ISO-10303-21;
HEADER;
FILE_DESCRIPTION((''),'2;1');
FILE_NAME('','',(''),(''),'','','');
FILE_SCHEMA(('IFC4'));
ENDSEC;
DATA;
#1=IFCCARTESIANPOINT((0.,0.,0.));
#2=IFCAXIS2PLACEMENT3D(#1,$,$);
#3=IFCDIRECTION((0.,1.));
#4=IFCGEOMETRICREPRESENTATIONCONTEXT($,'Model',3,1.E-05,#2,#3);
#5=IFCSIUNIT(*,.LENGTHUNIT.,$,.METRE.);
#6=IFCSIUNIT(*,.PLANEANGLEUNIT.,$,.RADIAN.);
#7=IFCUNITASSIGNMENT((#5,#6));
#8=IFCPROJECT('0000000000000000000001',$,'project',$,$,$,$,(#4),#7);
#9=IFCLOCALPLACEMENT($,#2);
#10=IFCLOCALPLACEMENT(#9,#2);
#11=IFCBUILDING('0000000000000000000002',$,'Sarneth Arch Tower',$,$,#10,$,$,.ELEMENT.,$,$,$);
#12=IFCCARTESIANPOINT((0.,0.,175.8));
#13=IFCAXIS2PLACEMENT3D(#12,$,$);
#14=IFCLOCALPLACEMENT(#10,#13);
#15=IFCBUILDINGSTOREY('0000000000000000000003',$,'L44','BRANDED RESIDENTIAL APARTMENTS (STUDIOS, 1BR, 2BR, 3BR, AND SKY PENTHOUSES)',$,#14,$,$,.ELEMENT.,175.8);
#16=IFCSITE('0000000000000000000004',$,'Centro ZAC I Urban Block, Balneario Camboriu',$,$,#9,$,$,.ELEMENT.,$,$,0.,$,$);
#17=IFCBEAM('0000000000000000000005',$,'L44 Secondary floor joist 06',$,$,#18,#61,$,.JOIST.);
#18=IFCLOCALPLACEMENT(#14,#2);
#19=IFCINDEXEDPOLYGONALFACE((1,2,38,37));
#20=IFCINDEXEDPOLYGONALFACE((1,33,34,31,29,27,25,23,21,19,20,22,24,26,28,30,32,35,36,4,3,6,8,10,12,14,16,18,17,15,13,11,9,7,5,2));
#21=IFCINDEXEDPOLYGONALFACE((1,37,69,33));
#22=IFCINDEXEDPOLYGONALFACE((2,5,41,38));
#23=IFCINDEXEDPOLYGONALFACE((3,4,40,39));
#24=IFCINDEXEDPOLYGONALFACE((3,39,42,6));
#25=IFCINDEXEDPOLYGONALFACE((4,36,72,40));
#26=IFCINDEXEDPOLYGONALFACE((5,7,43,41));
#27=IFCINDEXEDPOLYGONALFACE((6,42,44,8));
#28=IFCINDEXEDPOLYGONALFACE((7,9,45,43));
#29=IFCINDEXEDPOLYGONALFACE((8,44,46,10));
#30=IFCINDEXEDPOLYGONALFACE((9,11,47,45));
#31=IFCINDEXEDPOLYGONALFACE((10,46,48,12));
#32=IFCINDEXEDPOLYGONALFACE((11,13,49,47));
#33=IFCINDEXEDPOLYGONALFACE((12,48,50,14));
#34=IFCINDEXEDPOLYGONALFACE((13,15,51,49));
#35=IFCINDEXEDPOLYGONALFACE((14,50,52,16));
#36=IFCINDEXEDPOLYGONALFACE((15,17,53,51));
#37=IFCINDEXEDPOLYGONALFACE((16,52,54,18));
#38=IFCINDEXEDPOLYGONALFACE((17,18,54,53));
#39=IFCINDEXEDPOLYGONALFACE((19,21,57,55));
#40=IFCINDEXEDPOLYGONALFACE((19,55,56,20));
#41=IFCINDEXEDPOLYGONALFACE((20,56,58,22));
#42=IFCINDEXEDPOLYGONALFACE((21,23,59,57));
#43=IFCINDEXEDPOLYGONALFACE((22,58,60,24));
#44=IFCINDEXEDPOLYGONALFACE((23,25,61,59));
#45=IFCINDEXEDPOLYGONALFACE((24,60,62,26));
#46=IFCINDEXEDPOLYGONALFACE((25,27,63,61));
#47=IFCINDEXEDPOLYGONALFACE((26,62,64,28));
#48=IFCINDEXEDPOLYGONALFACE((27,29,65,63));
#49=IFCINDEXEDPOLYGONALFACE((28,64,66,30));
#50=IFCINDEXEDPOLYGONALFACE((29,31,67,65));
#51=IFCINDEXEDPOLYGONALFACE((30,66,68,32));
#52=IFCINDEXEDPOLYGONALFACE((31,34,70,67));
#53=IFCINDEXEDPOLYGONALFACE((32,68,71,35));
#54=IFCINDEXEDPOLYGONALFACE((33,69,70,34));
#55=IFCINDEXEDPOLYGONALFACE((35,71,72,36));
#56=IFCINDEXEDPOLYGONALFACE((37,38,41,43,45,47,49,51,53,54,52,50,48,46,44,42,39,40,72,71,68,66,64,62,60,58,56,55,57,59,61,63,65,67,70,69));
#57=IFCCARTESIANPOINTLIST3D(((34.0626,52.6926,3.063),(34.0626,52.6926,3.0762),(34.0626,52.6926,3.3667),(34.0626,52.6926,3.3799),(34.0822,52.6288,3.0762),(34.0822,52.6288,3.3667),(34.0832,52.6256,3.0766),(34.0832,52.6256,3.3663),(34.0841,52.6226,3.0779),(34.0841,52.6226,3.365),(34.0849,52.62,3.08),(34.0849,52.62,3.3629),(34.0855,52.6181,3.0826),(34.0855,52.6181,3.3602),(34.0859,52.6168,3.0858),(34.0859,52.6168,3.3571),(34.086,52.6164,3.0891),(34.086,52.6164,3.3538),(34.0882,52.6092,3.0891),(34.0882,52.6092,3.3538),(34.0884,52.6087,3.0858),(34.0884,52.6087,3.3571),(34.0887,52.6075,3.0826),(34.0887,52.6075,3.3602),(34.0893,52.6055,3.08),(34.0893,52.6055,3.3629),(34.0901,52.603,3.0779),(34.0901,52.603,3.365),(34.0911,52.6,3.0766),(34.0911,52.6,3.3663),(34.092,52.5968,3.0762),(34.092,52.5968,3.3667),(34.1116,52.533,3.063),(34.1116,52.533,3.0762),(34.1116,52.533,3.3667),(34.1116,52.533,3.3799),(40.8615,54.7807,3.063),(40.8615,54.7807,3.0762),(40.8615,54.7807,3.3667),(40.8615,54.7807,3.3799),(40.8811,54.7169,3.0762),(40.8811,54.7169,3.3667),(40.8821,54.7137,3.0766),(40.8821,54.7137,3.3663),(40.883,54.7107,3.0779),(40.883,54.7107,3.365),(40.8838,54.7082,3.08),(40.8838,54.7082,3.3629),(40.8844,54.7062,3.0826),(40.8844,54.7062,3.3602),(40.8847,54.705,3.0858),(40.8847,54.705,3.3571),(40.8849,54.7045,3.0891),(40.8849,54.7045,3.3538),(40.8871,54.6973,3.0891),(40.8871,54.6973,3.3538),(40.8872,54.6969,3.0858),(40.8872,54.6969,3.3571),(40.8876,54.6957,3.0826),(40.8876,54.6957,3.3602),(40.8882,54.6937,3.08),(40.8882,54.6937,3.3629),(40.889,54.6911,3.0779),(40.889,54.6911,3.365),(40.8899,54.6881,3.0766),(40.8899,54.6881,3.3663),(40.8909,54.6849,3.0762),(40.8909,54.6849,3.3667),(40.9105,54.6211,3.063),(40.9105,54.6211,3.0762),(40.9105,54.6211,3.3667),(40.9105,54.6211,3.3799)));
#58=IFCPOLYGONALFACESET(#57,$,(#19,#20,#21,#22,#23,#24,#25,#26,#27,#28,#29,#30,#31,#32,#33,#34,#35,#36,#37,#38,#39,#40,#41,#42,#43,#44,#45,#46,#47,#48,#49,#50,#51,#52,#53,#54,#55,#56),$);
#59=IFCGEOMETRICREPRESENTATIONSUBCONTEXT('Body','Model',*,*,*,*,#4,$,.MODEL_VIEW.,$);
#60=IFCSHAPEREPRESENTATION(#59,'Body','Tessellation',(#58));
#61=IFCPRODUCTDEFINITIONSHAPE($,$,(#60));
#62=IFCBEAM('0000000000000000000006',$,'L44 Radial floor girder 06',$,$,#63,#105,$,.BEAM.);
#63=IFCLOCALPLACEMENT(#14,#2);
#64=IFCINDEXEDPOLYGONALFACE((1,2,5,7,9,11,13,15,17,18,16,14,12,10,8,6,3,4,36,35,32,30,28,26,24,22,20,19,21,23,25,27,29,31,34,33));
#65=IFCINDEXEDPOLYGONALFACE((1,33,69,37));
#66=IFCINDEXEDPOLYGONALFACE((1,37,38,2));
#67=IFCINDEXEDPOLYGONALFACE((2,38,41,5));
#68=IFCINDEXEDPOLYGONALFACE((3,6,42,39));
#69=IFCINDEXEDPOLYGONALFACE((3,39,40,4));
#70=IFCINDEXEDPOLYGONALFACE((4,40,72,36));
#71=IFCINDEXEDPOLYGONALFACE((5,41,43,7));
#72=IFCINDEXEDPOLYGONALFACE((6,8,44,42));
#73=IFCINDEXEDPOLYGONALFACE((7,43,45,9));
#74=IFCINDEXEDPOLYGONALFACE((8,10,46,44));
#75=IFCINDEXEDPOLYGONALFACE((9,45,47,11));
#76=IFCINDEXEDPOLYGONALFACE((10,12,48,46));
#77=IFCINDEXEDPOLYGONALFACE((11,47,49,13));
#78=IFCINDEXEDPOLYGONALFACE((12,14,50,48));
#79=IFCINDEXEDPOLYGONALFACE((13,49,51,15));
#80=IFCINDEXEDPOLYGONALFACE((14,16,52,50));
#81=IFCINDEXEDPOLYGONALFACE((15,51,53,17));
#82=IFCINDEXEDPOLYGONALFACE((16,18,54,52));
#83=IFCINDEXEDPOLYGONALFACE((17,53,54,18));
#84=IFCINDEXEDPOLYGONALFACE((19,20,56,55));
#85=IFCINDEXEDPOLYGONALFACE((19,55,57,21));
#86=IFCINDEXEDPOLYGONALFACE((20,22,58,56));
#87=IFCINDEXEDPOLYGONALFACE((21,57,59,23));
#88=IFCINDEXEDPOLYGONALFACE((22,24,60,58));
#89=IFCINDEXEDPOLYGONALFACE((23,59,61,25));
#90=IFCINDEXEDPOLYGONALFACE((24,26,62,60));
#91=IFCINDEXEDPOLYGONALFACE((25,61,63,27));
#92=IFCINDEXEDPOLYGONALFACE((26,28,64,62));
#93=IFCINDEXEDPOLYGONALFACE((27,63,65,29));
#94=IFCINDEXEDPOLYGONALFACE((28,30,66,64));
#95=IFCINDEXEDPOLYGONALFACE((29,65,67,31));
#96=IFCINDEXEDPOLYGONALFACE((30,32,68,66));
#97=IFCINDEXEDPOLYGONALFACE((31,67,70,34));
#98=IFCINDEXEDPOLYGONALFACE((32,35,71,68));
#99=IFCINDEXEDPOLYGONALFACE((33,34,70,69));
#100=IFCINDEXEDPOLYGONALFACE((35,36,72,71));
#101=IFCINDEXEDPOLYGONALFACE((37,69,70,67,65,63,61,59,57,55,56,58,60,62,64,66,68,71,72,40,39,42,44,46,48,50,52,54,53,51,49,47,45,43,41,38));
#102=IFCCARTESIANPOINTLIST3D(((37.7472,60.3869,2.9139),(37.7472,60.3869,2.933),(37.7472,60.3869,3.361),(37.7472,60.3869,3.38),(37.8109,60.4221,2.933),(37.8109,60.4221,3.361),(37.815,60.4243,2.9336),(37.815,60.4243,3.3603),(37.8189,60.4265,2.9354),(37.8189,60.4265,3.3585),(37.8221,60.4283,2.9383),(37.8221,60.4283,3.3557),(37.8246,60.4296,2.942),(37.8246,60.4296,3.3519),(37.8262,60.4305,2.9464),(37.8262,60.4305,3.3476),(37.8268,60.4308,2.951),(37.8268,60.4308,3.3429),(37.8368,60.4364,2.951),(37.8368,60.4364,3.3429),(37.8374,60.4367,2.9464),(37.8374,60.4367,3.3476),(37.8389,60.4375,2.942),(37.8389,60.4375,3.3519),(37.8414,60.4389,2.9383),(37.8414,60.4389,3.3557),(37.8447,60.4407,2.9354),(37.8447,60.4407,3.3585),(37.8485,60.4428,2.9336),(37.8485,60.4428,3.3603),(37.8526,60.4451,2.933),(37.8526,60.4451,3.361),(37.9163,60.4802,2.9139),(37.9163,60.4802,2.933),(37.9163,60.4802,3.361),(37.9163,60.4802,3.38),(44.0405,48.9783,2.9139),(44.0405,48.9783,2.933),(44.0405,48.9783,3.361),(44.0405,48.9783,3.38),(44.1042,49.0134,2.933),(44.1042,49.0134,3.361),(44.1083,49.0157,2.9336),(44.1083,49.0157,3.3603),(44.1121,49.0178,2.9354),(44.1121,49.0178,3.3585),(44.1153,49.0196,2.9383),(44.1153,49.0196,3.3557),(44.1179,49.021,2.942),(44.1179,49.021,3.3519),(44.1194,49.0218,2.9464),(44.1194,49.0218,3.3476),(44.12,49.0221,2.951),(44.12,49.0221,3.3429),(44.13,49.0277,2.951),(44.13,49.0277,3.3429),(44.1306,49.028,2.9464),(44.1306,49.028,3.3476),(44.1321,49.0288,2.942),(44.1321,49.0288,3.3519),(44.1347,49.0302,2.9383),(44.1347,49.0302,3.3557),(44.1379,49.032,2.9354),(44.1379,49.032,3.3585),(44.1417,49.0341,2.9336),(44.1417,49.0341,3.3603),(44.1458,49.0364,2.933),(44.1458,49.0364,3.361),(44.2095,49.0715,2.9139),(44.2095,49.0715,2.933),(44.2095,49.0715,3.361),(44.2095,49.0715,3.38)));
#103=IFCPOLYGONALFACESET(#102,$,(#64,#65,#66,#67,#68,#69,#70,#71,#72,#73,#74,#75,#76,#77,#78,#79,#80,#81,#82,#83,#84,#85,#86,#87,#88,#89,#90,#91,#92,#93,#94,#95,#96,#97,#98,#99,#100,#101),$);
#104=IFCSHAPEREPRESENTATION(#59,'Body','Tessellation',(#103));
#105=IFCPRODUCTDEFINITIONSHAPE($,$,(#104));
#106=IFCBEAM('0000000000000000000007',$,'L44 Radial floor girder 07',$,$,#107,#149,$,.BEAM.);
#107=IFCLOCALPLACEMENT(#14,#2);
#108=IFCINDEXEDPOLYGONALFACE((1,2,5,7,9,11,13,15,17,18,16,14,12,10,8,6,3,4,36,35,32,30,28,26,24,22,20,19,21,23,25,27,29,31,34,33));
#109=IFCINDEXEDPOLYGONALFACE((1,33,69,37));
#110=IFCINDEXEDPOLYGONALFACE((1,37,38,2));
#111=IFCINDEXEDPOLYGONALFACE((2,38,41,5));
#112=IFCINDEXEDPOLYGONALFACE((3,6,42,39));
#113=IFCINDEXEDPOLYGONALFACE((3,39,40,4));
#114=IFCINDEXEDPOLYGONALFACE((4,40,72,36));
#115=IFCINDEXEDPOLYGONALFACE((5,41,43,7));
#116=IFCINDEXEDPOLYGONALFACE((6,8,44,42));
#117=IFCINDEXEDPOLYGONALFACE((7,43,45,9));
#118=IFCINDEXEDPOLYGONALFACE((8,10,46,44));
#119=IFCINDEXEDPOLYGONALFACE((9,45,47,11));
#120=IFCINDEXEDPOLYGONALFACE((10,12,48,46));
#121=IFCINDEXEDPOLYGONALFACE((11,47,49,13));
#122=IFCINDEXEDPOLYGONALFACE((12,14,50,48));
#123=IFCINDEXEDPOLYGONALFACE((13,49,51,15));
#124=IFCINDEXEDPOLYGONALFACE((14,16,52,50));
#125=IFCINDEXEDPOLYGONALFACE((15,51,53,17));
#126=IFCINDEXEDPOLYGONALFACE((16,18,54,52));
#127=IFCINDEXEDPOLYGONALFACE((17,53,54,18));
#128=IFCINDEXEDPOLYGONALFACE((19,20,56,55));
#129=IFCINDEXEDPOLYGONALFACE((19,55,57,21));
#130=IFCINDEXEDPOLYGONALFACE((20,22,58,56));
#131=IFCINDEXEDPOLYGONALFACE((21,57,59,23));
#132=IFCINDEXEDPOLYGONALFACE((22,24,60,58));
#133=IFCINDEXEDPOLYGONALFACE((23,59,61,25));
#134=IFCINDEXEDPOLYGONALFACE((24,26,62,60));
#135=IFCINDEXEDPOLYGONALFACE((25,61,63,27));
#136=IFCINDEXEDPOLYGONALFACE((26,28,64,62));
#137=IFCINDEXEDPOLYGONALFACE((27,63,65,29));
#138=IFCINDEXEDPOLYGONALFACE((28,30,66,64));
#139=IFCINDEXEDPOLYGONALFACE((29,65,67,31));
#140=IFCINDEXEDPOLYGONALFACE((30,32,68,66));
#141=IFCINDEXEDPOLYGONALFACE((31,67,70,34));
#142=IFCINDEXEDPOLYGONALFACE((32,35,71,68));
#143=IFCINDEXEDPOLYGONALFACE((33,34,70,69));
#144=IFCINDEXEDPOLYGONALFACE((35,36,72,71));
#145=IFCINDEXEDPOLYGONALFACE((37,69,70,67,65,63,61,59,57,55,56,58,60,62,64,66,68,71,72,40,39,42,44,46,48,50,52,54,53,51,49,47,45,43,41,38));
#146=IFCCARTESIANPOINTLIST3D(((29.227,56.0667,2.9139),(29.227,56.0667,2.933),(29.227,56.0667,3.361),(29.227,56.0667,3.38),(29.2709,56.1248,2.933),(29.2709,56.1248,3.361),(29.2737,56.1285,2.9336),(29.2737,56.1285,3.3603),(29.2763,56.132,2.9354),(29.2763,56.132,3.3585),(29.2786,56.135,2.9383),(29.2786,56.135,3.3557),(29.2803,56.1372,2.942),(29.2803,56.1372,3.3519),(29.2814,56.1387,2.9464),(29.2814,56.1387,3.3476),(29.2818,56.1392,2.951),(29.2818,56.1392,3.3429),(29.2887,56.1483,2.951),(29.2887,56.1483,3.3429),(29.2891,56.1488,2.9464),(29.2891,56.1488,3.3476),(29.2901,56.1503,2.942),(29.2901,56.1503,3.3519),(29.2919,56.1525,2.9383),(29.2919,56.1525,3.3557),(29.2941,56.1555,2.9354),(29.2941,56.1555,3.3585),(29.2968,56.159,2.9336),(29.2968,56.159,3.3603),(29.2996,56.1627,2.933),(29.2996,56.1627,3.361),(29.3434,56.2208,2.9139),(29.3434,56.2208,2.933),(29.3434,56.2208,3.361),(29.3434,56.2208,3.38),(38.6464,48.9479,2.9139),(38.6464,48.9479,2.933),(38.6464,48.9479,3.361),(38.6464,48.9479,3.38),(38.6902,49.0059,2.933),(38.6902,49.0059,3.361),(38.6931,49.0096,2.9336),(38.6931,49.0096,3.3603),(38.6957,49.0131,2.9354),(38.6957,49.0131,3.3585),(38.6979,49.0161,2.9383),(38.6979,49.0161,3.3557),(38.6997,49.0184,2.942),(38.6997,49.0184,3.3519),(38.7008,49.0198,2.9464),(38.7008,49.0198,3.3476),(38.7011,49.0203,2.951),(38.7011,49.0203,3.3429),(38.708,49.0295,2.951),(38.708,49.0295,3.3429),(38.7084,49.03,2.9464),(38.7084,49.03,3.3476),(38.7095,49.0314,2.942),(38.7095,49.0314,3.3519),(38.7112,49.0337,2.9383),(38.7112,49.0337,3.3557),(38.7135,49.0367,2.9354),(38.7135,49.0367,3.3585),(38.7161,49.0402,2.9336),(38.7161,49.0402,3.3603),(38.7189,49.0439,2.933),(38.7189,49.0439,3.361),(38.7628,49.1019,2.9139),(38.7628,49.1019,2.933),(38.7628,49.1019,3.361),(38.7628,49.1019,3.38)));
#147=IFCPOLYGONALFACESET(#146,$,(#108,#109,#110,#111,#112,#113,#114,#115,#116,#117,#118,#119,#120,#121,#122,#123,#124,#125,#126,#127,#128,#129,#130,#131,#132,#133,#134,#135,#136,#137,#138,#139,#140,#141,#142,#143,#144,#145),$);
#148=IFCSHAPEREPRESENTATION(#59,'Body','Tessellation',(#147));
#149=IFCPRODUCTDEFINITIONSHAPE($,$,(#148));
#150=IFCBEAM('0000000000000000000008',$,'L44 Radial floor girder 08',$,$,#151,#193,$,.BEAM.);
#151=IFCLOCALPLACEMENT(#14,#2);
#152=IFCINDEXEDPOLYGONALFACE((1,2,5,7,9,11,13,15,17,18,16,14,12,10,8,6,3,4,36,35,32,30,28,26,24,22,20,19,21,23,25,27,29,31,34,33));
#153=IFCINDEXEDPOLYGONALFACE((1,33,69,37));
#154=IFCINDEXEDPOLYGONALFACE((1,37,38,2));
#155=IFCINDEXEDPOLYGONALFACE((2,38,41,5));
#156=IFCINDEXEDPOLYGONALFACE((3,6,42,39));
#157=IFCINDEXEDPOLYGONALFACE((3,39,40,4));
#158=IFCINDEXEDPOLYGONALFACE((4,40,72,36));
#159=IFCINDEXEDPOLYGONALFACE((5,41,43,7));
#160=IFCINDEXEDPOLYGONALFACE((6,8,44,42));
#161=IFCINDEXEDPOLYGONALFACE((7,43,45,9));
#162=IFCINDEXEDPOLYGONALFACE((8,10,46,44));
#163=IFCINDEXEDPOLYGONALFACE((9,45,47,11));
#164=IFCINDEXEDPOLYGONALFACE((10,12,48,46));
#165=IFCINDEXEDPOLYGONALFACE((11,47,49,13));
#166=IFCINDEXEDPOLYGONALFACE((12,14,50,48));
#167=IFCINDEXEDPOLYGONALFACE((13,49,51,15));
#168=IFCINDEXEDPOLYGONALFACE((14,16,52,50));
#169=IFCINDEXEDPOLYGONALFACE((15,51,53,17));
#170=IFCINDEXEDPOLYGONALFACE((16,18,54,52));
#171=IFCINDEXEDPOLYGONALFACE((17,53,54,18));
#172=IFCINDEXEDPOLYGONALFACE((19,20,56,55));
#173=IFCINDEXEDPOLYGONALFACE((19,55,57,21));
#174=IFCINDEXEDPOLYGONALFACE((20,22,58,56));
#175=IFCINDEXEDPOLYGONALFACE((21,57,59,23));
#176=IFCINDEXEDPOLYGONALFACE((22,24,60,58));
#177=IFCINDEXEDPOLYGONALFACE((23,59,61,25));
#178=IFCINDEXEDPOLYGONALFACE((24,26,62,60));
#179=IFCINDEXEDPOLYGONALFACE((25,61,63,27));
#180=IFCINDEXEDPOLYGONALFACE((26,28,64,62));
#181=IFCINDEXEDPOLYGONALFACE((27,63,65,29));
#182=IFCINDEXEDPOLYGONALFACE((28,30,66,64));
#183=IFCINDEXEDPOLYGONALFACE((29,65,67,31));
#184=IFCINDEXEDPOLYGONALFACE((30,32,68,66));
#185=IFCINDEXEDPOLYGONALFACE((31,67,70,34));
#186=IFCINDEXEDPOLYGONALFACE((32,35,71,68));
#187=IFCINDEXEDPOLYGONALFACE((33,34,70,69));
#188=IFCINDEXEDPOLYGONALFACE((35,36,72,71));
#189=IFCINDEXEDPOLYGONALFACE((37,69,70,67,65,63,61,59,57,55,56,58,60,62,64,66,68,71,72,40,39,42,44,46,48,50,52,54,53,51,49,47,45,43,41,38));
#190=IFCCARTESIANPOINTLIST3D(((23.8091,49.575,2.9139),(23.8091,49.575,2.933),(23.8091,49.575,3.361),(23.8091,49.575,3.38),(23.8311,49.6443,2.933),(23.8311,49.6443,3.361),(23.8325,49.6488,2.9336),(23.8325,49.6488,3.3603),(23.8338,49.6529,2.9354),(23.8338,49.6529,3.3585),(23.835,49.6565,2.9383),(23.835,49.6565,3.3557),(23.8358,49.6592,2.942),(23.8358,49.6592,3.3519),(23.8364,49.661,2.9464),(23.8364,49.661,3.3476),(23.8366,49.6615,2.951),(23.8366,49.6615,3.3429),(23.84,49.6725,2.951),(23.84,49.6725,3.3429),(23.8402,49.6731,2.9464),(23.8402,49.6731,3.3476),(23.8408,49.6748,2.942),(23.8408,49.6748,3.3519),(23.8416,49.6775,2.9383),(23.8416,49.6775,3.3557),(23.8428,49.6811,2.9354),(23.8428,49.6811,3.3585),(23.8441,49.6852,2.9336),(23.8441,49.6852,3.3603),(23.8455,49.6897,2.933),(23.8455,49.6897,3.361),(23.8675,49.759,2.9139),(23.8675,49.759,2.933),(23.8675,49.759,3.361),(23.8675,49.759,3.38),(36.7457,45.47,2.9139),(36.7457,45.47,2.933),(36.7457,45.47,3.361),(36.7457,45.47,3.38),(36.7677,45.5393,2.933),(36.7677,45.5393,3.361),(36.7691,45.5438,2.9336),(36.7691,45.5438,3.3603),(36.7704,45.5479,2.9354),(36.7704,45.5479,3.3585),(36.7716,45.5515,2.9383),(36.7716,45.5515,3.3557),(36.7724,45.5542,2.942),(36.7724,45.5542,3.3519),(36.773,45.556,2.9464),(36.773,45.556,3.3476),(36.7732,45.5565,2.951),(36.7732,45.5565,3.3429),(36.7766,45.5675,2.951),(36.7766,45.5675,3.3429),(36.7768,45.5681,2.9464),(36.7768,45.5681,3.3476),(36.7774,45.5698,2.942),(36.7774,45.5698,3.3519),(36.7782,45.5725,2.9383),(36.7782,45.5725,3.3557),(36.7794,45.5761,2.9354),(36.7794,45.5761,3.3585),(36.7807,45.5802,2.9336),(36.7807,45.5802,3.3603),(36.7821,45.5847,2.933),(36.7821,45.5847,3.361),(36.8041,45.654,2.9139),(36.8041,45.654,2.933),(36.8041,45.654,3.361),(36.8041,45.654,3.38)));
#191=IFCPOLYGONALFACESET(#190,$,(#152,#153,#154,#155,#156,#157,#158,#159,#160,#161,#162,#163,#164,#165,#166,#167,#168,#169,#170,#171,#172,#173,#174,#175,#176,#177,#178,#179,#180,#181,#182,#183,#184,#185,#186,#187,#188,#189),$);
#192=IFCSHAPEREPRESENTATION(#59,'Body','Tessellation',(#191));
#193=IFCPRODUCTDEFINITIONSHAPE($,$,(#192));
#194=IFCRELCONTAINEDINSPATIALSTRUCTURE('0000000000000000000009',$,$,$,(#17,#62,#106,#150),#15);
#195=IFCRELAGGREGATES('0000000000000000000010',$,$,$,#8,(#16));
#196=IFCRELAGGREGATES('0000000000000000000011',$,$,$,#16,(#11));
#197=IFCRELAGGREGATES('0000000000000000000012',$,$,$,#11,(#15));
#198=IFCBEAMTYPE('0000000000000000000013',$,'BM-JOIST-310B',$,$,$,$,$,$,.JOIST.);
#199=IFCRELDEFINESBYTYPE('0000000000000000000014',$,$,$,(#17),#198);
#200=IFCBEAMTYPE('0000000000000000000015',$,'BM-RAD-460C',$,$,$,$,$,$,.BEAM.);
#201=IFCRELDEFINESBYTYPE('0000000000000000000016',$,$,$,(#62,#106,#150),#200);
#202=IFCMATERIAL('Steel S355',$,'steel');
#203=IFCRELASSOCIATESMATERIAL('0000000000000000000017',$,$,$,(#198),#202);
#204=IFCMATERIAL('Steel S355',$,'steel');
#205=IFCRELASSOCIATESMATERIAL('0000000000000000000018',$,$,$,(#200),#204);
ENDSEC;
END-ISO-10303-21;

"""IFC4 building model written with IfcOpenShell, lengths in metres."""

from ifc_helpers import new_model, si_unit, direction, frame, origin, origin_2d, place, context, subcontext, project, spatial, i_section, extrude, material, material_profile, profile_set, type_object, element, save


model = new_model("IFC4")

# Units and contexts
model_context = context("Model", 3, precision=1e-05, world=origin(), true_north=direction((0.0, 1.0)))
body_context = subcontext(model_context, "Body", "Model", "MODEL_VIEW")
ifc_project = project(units=[si_unit("LENGTHUNIT", "METRE"), si_unit("PLANEANGLEUNIT", "RADIAN")], contexts=[model_context])

# Site, building, storey
site_placement = place(None, origin())
site = spatial("IfcSite", under=ifc_project, at=site_placement, Name="Centro ZAC I Urban Block, Balneario Camboriu", CompositionType="ELEMENT", RefElevation=0.0)
building_placement = place(site_placement, origin())
building = spatial("IfcBuilding", under=site, at=building_placement, Name="Sarneth Arch Tower", CompositionType="ELEMENT")
storey_placement = place(building_placement, frame((0.0, 0.0, 175.8)))
storey = spatial("IfcBuildingStorey", under=building, at=storey_placement, Name="L44", Description="BRANDED RESIDENTIAL APARTMENTS (STUDIOS, 1BR, 2BR, 3BR, AND SKY PENTHOUSES)", CompositionType="ELEMENT", Elevation=175.8)

# Beams
ifc_material_1 = material(Name="Steel S355", Category="steel")
ifc_material_profile_1 = material_profile(ifc_material_1, i_section(OverallWidth=0.167, OverallDepth=0.3169, WebThickness=0.0076, FlangeThickness=0.0132, FilletRadius=0.0129, at=origin_2d()), Name="W310x52")
ifc_profile_set_1 = profile_set([ifc_material_profile_1], Name="Steel S355")
beam_type_1 = type_object("IfcBeamType", Name="BM-JOIST-310B", PredefinedType="JOIST", material=ifc_profile_set_1)
beam_1_placement = place(storey_placement, frame((40.886, 54.7009, 3.2214), z_axis=(-0.95593, -0.293596, 0.0), x_axis=(0.293596, -0.95593, 0.0)))
element("IfcBeam", 1, at=beam_1_placement, inside=storey, type_object=beam_type_1, Name="L44 Secondary floor joist 06", PredefinedType="JOIST", context=body_context, shape_type="SweptSolid", body=[
    extrude(i_section(OverallWidth=0.167, OverallDepth=0.3169, WebThickness=0.0076, FlangeThickness=0.0132, FilletRadius=0.0129, at=origin_2d()), origin(), (0.0, 0.0, 1.0), 7.1123),
])
ifc_material_2 = material(Name="Steel S355", Category="steel")
ifc_material_profile_2 = material_profile(ifc_material_2, i_section(OverallWidth=0.1931, OverallDepth=0.4661, WebThickness=0.0115, FlangeThickness=0.019, FilletRadius=0.0181, at=origin_2d()), Name="W460x97")
ifc_profile_set_2 = profile_set([ifc_material_profile_2], Name="Steel S355")
beam_type_2 = type_object("IfcBeamType", Name="BM-RAD-460C", PredefinedType="BEAM", material=ifc_profile_set_2)
beam_2_placement = place(storey_placement, frame((44.125, 49.0249, 3.147), z_axis=(-0.483005, 0.875618, 0.0), x_axis=(-0.875618, -0.483005, 0.0)))
element("IfcBeam", 2, at=beam_2_placement, inside=storey, type_object=beam_type_2, Name="L44 Radial floor girder 06", PredefinedType="BEAM", context=body_context, shape_type="SweptSolid", body=[
    extrude(i_section(OverallWidth=0.1931, OverallDepth=0.4661, WebThickness=0.0115, FlangeThickness=0.019, FilletRadius=0.0181, at=origin_2d()), origin(), (0.0, 0.0, 1.0), 13.0293),
])
beam_3_placement = place(storey_placement, frame((38.7046, 49.0249, 3.147), z_axis=(-0.797786, 0.60294, 0.0), x_axis=(-0.60294, -0.797786, 0.0)))
element("IfcBeam", 3, at=beam_3_placement, inside=storey, type_object=beam_type_2, Name="L44 Radial floor girder 07", PredefinedType="BEAM", context=body_context, shape_type="SweptSolid", body=[
    extrude(i_section(OverallWidth=0.1931, OverallDepth=0.4661, WebThickness=0.0115, FlangeThickness=0.019, FilletRadius=0.0181, at=origin_2d()), origin(), (0.0, 0.0, 1.0), 11.8069),
])
beam_4_placement = place(storey_placement, frame((36.7749, 45.562, 3.147), z_axis=(-0.953164, 0.302455, 0.0), x_axis=(-0.302455, -0.953164, 0.0)))
element("IfcBeam", 4, at=beam_4_placement, inside=storey, type_object=beam_type_2, Name="L44 Radial floor girder 08", PredefinedType="BEAM", context=body_context, shape_type="SweptSolid", body=[
    extrude(i_section(OverallWidth=0.1931, OverallDepth=0.4661, WebThickness=0.0115, FlangeThickness=0.019, FilletRadius=0.0181, at=origin_2d()), origin(), (0.0, 0.0, 1.0), 13.5723),
])

save(model, "model.ifc")
